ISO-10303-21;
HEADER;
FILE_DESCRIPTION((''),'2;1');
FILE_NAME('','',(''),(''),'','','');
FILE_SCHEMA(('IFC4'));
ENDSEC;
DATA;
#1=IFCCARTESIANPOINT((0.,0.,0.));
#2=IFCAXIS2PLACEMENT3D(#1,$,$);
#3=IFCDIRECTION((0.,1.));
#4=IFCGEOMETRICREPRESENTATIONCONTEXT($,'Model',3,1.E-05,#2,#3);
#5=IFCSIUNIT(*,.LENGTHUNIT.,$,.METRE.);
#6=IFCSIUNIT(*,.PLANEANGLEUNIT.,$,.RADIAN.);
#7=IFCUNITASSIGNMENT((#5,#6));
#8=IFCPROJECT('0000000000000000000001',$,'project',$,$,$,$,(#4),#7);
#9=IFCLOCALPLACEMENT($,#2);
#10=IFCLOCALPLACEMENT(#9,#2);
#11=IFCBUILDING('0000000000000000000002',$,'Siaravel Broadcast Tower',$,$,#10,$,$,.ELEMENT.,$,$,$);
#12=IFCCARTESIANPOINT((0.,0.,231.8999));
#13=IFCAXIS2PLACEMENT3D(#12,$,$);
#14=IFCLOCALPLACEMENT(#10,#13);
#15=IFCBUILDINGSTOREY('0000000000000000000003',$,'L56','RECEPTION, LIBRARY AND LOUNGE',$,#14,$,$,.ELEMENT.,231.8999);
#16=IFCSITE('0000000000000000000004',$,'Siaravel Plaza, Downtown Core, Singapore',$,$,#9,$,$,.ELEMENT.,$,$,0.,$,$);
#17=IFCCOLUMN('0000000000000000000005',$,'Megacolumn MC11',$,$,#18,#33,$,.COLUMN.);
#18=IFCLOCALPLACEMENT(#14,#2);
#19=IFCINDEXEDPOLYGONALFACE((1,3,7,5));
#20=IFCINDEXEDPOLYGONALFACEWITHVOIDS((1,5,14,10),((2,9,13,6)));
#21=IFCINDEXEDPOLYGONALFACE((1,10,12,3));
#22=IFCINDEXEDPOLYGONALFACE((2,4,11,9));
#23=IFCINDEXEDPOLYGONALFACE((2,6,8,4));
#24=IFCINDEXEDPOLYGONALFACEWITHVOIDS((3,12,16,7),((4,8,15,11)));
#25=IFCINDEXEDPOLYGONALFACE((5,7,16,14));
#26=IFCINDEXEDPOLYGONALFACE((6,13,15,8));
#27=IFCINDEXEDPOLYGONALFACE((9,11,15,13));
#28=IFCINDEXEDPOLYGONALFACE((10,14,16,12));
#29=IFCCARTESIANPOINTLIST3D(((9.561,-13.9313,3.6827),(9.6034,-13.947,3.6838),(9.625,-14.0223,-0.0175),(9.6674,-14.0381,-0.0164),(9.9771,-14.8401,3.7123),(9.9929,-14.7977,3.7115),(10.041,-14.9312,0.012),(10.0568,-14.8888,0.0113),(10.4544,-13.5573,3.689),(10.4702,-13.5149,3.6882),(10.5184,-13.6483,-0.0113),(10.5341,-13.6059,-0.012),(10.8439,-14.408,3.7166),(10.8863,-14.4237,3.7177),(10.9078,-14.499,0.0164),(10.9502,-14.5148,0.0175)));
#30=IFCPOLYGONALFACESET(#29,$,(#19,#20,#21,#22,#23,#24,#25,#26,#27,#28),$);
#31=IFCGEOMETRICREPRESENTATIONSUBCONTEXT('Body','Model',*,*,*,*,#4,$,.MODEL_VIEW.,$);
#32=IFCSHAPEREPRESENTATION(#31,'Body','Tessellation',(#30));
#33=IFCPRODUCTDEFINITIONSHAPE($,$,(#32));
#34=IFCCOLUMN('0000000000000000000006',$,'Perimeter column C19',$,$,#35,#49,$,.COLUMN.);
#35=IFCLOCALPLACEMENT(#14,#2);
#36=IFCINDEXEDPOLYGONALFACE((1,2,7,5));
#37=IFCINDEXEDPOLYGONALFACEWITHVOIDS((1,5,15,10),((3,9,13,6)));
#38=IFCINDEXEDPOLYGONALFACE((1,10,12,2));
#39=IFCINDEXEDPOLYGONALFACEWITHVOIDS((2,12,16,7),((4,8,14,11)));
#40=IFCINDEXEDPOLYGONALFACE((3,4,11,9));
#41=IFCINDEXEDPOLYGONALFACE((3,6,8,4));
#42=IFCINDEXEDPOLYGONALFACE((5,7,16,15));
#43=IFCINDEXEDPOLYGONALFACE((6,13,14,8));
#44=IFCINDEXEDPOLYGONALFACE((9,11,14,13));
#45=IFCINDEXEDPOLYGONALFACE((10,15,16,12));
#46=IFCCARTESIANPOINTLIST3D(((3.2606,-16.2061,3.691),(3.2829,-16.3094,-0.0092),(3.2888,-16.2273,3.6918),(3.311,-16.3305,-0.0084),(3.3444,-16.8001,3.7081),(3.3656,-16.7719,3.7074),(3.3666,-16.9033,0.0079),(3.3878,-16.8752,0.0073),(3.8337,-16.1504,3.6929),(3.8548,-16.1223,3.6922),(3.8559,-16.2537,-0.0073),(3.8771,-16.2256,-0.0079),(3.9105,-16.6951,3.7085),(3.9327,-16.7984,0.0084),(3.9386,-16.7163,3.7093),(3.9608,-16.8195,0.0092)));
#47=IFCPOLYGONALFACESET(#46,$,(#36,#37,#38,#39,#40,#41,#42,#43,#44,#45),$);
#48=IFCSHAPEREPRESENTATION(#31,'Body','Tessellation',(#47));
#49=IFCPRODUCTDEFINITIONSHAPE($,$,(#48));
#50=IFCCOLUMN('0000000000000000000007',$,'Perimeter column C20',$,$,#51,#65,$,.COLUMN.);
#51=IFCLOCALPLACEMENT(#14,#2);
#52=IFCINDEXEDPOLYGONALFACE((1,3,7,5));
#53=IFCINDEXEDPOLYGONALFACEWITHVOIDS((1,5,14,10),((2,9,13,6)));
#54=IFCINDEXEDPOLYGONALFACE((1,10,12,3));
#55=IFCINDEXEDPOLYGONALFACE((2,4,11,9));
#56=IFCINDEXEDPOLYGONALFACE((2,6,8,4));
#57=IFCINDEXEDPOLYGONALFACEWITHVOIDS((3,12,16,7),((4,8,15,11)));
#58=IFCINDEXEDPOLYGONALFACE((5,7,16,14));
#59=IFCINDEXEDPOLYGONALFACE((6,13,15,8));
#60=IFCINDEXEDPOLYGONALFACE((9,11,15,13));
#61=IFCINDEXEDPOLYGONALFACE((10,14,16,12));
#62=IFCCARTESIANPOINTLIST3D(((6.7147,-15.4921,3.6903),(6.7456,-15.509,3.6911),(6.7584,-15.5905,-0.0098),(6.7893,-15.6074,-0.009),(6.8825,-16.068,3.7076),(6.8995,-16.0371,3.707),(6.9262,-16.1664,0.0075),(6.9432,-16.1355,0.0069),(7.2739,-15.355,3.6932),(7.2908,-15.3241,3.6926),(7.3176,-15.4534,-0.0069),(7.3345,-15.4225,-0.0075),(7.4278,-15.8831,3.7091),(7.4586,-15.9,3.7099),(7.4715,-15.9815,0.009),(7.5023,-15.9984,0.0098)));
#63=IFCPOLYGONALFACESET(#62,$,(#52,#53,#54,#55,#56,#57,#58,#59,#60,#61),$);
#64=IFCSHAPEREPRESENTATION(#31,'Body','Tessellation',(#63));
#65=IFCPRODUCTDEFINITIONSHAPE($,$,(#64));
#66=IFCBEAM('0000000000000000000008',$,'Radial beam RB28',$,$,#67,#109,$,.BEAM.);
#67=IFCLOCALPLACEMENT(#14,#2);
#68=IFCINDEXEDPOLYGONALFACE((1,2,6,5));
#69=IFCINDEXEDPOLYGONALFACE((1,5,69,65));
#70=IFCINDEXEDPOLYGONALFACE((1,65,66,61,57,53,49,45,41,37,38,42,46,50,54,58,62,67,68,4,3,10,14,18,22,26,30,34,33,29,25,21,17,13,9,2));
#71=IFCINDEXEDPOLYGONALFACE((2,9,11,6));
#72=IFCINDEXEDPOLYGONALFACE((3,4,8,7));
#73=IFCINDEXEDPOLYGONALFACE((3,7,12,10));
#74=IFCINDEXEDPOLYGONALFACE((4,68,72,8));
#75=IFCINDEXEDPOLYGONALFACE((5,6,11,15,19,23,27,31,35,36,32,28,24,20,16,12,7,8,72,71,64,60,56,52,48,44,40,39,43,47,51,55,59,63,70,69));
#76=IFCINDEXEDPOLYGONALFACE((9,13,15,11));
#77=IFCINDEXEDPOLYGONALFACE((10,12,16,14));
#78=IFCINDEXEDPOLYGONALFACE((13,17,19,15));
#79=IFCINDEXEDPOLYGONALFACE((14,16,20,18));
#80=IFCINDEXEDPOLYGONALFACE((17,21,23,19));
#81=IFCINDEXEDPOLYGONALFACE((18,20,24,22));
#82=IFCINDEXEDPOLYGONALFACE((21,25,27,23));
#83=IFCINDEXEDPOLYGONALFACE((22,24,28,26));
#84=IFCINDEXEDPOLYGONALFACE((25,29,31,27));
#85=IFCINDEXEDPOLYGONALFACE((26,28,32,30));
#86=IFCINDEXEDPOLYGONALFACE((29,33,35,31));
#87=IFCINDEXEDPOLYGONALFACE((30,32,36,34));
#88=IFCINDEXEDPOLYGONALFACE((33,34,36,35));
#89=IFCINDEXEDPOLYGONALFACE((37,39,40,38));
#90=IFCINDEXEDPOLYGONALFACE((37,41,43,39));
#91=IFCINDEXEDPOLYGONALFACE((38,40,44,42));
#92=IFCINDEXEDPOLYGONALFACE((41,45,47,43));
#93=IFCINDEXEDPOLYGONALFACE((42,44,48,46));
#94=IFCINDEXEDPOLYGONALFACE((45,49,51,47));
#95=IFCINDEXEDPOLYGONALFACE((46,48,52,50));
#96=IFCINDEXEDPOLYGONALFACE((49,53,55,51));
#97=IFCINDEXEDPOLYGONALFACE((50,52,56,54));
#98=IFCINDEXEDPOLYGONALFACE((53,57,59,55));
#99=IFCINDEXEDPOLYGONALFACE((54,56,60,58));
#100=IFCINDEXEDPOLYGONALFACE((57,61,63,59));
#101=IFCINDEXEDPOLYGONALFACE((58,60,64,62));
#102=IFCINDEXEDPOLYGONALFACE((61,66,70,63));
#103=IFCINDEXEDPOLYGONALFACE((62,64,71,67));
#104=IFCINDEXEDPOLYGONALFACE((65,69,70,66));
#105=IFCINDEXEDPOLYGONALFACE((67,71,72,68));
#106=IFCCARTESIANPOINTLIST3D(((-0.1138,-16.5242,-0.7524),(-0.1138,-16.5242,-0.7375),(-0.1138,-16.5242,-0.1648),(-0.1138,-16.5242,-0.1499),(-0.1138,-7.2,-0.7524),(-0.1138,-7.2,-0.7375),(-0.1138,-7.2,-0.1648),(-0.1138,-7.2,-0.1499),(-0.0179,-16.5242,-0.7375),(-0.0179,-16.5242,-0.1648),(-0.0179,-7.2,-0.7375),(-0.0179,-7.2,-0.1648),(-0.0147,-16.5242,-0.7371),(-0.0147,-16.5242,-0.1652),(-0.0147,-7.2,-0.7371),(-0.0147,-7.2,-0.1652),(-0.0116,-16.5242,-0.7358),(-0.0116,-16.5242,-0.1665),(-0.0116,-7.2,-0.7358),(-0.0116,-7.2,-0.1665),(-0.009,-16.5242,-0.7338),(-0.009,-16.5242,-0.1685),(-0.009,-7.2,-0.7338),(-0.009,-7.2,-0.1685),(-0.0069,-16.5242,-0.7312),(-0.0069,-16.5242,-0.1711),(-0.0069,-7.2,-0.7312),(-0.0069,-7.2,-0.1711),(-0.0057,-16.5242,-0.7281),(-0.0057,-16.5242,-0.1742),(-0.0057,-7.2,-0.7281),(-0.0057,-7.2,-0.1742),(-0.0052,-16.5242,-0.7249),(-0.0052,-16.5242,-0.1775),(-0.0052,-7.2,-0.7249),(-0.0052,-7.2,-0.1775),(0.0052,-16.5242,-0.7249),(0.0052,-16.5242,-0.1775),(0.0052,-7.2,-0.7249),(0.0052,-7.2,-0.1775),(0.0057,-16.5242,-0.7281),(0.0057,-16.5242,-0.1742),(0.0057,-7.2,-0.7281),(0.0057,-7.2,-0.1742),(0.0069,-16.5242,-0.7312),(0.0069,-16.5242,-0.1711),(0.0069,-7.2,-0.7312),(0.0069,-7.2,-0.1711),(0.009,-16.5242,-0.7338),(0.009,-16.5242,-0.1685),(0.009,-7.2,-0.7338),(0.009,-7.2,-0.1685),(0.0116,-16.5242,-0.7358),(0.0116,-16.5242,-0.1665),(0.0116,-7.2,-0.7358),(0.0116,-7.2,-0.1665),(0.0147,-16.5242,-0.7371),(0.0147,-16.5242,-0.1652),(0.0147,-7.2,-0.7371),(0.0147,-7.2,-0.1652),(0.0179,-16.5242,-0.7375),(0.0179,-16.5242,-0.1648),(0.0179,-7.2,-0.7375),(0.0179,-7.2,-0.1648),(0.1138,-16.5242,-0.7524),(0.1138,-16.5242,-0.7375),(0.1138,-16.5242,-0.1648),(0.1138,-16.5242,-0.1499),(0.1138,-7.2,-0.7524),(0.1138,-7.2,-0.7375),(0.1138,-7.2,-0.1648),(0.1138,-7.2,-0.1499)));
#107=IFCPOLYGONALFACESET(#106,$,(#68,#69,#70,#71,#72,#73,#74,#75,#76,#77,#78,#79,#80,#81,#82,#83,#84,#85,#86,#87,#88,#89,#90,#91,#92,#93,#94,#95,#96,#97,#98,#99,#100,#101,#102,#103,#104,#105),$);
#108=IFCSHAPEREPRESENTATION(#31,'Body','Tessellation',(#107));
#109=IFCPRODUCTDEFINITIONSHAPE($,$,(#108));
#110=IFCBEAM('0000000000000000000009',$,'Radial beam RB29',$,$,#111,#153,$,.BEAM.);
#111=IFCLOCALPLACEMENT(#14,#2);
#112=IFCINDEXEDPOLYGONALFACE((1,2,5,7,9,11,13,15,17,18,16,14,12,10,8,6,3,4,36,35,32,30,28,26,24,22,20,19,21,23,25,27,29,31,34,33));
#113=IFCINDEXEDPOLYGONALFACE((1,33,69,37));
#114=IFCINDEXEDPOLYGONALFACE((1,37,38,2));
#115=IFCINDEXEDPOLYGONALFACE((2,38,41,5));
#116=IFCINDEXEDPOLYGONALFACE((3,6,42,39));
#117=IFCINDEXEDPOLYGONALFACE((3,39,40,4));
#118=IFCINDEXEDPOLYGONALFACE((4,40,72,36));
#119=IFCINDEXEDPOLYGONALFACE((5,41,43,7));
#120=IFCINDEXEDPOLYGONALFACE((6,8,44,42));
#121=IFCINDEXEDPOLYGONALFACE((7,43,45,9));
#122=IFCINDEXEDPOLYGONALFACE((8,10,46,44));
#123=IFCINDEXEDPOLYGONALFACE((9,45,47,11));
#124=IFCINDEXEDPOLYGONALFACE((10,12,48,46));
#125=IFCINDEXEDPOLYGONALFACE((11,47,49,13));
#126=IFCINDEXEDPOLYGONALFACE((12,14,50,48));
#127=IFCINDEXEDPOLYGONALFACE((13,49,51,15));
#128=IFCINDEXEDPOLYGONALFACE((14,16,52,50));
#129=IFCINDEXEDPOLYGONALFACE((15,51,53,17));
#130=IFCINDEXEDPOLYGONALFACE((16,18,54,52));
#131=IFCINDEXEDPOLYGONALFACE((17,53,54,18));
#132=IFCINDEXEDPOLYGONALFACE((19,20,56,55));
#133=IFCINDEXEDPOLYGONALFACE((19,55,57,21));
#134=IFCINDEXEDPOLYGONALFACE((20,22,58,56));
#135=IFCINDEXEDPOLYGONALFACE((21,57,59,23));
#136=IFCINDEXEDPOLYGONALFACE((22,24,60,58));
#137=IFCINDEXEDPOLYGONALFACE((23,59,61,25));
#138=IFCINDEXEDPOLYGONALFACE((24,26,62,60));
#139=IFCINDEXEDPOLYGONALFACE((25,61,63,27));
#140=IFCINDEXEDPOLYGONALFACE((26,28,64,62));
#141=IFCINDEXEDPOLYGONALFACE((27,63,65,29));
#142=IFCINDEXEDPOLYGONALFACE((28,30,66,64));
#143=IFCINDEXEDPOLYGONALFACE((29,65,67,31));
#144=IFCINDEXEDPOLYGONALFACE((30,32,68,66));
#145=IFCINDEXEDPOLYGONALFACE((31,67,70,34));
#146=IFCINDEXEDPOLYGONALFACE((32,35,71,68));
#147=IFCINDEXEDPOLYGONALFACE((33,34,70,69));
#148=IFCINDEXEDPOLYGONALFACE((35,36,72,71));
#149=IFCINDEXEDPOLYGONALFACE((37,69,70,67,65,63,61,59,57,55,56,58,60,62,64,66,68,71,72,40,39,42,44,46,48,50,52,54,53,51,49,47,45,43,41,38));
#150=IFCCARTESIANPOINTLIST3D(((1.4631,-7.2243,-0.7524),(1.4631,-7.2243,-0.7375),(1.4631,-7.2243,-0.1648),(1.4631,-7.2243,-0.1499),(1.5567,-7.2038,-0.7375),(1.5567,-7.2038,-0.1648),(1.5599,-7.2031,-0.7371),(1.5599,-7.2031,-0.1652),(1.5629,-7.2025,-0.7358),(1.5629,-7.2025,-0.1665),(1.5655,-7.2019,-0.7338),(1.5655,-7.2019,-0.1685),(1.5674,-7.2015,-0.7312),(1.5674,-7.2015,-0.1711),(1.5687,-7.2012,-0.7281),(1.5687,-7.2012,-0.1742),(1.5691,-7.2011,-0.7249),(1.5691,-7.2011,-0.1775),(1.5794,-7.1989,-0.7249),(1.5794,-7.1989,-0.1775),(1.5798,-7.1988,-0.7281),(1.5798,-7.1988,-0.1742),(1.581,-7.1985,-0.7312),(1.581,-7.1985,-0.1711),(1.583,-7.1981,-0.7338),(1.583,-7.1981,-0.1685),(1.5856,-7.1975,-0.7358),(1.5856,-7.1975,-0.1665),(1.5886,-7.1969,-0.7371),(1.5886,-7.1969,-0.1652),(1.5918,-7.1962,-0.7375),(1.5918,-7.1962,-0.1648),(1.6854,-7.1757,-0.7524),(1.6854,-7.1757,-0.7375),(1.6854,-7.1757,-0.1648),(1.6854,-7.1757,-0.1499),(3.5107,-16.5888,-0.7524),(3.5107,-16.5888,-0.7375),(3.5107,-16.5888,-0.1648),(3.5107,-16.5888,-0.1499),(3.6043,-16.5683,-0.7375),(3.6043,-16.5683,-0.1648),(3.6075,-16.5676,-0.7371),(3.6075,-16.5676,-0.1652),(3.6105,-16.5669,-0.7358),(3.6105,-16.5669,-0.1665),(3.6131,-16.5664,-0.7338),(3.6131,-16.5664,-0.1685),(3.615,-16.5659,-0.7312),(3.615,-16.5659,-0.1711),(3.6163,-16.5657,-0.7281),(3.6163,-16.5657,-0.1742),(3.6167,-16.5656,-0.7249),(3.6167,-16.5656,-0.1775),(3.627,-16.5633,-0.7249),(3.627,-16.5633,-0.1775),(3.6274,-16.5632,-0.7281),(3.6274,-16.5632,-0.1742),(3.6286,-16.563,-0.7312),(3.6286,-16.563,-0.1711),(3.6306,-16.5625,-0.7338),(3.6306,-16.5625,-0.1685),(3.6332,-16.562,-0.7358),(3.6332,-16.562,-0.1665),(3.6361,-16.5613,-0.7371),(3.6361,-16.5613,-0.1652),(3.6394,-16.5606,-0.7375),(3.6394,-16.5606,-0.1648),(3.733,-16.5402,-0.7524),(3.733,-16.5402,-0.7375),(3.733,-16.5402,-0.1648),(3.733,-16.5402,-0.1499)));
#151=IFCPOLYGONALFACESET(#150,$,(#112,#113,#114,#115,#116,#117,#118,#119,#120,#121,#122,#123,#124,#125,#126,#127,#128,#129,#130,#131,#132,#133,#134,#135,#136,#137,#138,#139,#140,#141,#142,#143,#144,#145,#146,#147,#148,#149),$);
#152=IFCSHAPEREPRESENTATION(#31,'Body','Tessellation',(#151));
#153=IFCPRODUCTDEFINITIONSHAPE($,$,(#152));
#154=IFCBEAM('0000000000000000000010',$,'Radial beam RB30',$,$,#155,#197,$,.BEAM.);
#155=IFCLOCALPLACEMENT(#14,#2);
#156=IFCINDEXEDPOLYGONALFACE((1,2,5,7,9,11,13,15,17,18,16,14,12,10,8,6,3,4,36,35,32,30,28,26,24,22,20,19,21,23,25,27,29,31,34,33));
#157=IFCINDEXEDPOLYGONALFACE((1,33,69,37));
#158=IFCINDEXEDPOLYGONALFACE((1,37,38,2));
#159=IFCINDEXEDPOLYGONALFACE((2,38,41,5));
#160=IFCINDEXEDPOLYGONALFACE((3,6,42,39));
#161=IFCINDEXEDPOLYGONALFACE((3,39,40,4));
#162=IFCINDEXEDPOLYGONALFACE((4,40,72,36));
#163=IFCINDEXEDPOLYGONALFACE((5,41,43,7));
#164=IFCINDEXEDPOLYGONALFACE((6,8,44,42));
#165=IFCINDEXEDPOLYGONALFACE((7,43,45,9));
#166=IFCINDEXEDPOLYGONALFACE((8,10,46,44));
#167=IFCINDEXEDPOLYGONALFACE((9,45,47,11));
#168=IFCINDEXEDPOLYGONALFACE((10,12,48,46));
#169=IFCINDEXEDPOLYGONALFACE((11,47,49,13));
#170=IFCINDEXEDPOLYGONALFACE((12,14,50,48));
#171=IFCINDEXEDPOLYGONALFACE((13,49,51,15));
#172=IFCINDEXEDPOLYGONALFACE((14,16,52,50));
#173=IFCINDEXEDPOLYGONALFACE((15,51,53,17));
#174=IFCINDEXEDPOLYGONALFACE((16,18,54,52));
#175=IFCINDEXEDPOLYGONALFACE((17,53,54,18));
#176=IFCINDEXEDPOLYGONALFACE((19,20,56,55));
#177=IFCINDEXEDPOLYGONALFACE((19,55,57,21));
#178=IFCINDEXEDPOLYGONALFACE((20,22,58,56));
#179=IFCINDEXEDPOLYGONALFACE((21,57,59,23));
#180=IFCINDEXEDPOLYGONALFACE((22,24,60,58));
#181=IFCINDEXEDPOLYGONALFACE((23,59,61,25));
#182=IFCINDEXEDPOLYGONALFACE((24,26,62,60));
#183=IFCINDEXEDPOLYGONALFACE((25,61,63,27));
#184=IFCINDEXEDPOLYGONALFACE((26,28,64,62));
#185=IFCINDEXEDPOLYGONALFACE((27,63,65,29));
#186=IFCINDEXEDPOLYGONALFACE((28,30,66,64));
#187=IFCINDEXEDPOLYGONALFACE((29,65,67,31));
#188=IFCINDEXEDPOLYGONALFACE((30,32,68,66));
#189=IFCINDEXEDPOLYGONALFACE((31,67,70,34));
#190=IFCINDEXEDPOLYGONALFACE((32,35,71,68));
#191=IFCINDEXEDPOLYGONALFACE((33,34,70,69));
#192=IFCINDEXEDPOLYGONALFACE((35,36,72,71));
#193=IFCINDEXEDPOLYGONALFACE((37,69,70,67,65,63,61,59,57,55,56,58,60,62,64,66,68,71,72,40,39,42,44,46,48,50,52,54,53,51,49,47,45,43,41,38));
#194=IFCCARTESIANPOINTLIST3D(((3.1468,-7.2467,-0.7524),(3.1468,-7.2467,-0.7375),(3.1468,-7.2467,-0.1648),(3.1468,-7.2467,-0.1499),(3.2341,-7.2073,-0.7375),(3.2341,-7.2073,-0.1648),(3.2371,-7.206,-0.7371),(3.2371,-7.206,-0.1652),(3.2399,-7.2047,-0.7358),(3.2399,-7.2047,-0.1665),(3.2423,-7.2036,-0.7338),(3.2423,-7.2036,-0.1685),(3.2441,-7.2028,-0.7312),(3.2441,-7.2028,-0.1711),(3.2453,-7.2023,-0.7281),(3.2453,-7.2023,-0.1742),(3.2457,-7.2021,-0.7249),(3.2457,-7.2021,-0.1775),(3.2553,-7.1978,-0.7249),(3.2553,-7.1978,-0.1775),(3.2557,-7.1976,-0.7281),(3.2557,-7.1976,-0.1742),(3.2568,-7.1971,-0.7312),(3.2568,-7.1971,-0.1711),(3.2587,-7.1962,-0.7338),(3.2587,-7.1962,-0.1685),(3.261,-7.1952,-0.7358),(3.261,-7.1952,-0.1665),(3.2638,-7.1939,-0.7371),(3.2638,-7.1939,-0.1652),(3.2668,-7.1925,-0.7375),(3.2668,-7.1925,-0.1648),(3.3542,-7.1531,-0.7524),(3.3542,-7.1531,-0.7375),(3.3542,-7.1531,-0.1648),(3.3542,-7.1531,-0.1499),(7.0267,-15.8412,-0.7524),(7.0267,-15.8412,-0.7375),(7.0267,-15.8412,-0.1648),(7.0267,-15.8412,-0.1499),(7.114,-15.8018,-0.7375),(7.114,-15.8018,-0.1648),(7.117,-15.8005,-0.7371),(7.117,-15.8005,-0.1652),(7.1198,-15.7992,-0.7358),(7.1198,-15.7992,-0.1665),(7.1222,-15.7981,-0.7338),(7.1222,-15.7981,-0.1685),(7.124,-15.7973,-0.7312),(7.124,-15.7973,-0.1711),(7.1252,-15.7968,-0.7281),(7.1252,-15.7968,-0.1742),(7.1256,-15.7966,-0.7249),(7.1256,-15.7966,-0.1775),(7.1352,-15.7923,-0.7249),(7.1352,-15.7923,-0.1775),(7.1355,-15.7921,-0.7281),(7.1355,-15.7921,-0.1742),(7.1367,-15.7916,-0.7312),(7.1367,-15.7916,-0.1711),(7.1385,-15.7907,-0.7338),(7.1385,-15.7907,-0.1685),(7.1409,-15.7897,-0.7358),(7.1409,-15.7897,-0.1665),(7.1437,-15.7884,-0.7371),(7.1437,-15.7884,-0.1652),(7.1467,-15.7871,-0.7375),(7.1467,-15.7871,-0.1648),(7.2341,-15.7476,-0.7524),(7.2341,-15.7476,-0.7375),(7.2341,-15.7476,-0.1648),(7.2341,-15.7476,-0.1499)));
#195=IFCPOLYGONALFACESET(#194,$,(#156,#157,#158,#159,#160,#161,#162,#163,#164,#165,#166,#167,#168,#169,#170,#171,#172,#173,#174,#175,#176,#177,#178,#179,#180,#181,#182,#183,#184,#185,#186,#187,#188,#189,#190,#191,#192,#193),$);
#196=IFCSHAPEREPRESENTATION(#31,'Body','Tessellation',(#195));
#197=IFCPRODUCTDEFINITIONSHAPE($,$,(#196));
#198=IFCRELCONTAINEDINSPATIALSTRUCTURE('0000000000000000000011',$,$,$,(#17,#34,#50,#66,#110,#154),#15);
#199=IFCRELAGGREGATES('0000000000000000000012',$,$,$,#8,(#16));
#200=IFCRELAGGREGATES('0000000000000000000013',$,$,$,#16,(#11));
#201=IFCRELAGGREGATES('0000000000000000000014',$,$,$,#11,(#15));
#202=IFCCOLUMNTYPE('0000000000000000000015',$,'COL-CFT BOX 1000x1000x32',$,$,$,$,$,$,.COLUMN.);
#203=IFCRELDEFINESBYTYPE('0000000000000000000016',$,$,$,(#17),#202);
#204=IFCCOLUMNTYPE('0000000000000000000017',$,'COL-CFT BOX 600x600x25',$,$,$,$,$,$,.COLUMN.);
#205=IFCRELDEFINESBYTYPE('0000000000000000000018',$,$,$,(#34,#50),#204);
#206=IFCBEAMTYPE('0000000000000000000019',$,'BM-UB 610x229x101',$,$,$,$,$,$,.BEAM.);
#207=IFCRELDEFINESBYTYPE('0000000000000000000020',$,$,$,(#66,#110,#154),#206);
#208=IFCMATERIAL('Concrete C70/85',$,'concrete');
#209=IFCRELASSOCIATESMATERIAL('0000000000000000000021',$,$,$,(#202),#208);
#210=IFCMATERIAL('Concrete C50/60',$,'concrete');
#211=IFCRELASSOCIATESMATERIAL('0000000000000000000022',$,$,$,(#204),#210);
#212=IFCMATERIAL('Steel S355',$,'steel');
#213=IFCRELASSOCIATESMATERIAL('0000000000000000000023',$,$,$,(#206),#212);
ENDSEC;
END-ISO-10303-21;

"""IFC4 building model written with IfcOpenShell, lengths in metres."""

from ifc_helpers import new_model, si_unit, direction, frame, origin, origin_2d, place, context, subcontext, project, spatial, hollow_rectangle, i_section, extrude, material, material_profile, profile_set, type_object, element, save


model = new_model("IFC4")

# Units and contexts
model_context = context("Model", 3, precision=1e-05, world=origin(), true_north=direction((0.0, 1.0)))
body_context = subcontext(model_context, "Body", "Model", "MODEL_VIEW")
ifc_project = project(units=[si_unit("LENGTHUNIT", "METRE"), si_unit("PLANEANGLEUNIT", "RADIAN")], contexts=[model_context])

# Site, building, storey
site_placement = place(None, origin())
site = spatial("IfcSite", under=ifc_project, at=site_placement, Name="Siaravel Plaza, Downtown Core, Singapore", CompositionType="ELEMENT", RefElevation=0.0)
building_placement = place(site_placement, origin())
building = spatial("IfcBuilding", under=site, at=building_placement, Name="Siaravel Broadcast Tower", CompositionType="ELEMENT")
storey_placement = place(building_placement, frame((0.0, 0.0, 231.8999)))
storey = spatial("IfcBuildingStorey", under=building, at=storey_placement, Name="L56", Description="RECEPTION, LIBRARY AND LOUNGE", CompositionType="ELEMENT", Elevation=231.8999)

# Columns
ifc_material_1 = material(Name="Concrete C70/85", Category="concrete")
ifc_material_profile_1 = material_profile(ifc_material_1, hollow_rectangle(XDim=1.0, YDim=1.0, WallThickness=0.032, at=origin_2d()))
ifc_profile_set_1 = profile_set([ifc_material_profile_1], Name="Concrete C70/85")
column_type_1 = type_object("IfcColumnType", Name="COL-CFT BOX 1000x1000x32", PredefinedType="COLUMN", material=ifc_profile_set_1)
column_placement = place(storey_placement, frame((10.2876, -14.2686, 0.0), z_axis=(-0.017279, 0.0246, 0.999548), x_axis=(-0.909169, -0.416391, -0.005469)))
element("IfcColumn", 1, at=column_placement, inside=storey, type_object=column_type_1, Name="Megacolumn MC11", PredefinedType="COLUMN", context=body_context, shape_type="SweptSolid", body=[
    extrude(hollow_rectangle(XDim=1.0, YDim=1.0, WallThickness=0.032, at=origin_2d()), origin(), (0.0, 0.0, 1.0), 3.7019),
])
ifc_material_2 = material(Name="Concrete C50/60", Category="concrete")
ifc_material_profile_2 = material_profile(ifc_material_2, hollow_rectangle(XDim=0.6001, YDim=0.6001, WallThickness=0.0249, at=origin_2d()))
ifc_profile_set_2 = profile_set([ifc_material_profile_2], Name="Concrete C50/60")
column_type_2 = type_object("IfcColumnType", Name="COL-CFT BOX 600x600x25", PredefinedType="COLUMN", material=ifc_profile_set_2)
for number, where, z_axis, x_axis, name in (
    (2, (3.6218, -16.5645, 0.0), (-0.006002, 0.027898, 0.999593), (-0.990199, -0.139651, -0.002048), "Perimeter column C19"),
    (3, (7.1304, -15.7944, 0.0), (-0.011806, 0.026579, 0.999577), (-0.960011, -0.279936, -0.003895), "Perimeter column C20"),
):
    element("IfcColumn", number, at=place(storey_placement, frame(where, z_axis=z_axis, x_axis=x_axis)), inside=storey, type_object=column_type_2, Name=name, PredefinedType="COLUMN", context=body_context, shape_type="SweptSolid", body=[
        extrude(hollow_rectangle(XDim=0.6001, YDim=0.6001, WallThickness=0.0249, at=origin_2d()), origin(), (0.0, 0.0, 1.0), 3.7017),
    ])

# Beams
ifc_material_3 = material(Name="Steel S355", Category="steel")
ifc_material_profile_3 = material_profile(ifc_material_3, i_section(OverallWidth=0.2275, OverallDepth=0.6025, WebThickness=0.0105, FlangeThickness=0.0149, FilletRadius=0.0127, at=origin_2d()))
ifc_profile_set_3 = profile_set([ifc_material_profile_3], Name="Steel S355")
beam_type = type_object("IfcBeamType", Name="BM-UB 610x229x101", PredefinedType="BEAM", material=ifc_profile_set_3)
beam_1_placement = place(storey_placement, frame((0.0, -16.5242, -0.4512), z_axis=(0.0, 1.0, 0.0), x_axis=(-1.0, 0.0, 0.0)))
element("IfcBeam", 4, at=beam_1_placement, inside=storey, type_object=beam_type, Name="Radial beam RB28", PredefinedType="BEAM", context=body_context, shape_type="SweptSolid", body=[
    extrude(i_section(OverallWidth=0.2275, OverallDepth=0.6025, WebThickness=0.0105, FlangeThickness=0.0149, FilletRadius=0.0127, at=origin_2d()), origin(), (0.0, 0.0, 1.0), 9.3242),
])
beam_2_placement = place(storey_placement, frame((3.6218, -16.5645, -0.4512), z_axis=(-0.21361, 0.976919, 0.0), x_axis=(-0.976919, -0.21361, 0.0)))
element("IfcBeam", 5, at=beam_2_placement, inside=storey, type_object=beam_type, Name="Radial beam RB29", PredefinedType="BEAM", context=body_context, shape_type="SweptSolid", body=[
    extrude(i_section(OverallWidth=0.2275, OverallDepth=0.6025, WebThickness=0.0105, FlangeThickness=0.0149, FilletRadius=0.0127, at=origin_2d()), origin(), (0.0, 0.0, 1.0), 9.5857),
])
beam_3_placement = place(storey_placement, frame((7.1304, -15.7944, -0.4512), z_axis=(-0.411455, 0.91143, 0.0), x_axis=(-0.91143, -0.411455, 0.0)))
element("IfcBeam", 6, at=beam_3_placement, inside=storey, type_object=beam_type, Name="Radial beam RB30", PredefinedType="BEAM", context=body_context, shape_type="SweptSolid", body=[
    extrude(i_section(OverallWidth=0.2275, OverallDepth=0.6025, WebThickness=0.0105, FlangeThickness=0.0149, FilletRadius=0.0127, at=origin_2d()), origin(), (0.0, 0.0, 1.0), 9.4297),
])

save(model, "model.ifc")
